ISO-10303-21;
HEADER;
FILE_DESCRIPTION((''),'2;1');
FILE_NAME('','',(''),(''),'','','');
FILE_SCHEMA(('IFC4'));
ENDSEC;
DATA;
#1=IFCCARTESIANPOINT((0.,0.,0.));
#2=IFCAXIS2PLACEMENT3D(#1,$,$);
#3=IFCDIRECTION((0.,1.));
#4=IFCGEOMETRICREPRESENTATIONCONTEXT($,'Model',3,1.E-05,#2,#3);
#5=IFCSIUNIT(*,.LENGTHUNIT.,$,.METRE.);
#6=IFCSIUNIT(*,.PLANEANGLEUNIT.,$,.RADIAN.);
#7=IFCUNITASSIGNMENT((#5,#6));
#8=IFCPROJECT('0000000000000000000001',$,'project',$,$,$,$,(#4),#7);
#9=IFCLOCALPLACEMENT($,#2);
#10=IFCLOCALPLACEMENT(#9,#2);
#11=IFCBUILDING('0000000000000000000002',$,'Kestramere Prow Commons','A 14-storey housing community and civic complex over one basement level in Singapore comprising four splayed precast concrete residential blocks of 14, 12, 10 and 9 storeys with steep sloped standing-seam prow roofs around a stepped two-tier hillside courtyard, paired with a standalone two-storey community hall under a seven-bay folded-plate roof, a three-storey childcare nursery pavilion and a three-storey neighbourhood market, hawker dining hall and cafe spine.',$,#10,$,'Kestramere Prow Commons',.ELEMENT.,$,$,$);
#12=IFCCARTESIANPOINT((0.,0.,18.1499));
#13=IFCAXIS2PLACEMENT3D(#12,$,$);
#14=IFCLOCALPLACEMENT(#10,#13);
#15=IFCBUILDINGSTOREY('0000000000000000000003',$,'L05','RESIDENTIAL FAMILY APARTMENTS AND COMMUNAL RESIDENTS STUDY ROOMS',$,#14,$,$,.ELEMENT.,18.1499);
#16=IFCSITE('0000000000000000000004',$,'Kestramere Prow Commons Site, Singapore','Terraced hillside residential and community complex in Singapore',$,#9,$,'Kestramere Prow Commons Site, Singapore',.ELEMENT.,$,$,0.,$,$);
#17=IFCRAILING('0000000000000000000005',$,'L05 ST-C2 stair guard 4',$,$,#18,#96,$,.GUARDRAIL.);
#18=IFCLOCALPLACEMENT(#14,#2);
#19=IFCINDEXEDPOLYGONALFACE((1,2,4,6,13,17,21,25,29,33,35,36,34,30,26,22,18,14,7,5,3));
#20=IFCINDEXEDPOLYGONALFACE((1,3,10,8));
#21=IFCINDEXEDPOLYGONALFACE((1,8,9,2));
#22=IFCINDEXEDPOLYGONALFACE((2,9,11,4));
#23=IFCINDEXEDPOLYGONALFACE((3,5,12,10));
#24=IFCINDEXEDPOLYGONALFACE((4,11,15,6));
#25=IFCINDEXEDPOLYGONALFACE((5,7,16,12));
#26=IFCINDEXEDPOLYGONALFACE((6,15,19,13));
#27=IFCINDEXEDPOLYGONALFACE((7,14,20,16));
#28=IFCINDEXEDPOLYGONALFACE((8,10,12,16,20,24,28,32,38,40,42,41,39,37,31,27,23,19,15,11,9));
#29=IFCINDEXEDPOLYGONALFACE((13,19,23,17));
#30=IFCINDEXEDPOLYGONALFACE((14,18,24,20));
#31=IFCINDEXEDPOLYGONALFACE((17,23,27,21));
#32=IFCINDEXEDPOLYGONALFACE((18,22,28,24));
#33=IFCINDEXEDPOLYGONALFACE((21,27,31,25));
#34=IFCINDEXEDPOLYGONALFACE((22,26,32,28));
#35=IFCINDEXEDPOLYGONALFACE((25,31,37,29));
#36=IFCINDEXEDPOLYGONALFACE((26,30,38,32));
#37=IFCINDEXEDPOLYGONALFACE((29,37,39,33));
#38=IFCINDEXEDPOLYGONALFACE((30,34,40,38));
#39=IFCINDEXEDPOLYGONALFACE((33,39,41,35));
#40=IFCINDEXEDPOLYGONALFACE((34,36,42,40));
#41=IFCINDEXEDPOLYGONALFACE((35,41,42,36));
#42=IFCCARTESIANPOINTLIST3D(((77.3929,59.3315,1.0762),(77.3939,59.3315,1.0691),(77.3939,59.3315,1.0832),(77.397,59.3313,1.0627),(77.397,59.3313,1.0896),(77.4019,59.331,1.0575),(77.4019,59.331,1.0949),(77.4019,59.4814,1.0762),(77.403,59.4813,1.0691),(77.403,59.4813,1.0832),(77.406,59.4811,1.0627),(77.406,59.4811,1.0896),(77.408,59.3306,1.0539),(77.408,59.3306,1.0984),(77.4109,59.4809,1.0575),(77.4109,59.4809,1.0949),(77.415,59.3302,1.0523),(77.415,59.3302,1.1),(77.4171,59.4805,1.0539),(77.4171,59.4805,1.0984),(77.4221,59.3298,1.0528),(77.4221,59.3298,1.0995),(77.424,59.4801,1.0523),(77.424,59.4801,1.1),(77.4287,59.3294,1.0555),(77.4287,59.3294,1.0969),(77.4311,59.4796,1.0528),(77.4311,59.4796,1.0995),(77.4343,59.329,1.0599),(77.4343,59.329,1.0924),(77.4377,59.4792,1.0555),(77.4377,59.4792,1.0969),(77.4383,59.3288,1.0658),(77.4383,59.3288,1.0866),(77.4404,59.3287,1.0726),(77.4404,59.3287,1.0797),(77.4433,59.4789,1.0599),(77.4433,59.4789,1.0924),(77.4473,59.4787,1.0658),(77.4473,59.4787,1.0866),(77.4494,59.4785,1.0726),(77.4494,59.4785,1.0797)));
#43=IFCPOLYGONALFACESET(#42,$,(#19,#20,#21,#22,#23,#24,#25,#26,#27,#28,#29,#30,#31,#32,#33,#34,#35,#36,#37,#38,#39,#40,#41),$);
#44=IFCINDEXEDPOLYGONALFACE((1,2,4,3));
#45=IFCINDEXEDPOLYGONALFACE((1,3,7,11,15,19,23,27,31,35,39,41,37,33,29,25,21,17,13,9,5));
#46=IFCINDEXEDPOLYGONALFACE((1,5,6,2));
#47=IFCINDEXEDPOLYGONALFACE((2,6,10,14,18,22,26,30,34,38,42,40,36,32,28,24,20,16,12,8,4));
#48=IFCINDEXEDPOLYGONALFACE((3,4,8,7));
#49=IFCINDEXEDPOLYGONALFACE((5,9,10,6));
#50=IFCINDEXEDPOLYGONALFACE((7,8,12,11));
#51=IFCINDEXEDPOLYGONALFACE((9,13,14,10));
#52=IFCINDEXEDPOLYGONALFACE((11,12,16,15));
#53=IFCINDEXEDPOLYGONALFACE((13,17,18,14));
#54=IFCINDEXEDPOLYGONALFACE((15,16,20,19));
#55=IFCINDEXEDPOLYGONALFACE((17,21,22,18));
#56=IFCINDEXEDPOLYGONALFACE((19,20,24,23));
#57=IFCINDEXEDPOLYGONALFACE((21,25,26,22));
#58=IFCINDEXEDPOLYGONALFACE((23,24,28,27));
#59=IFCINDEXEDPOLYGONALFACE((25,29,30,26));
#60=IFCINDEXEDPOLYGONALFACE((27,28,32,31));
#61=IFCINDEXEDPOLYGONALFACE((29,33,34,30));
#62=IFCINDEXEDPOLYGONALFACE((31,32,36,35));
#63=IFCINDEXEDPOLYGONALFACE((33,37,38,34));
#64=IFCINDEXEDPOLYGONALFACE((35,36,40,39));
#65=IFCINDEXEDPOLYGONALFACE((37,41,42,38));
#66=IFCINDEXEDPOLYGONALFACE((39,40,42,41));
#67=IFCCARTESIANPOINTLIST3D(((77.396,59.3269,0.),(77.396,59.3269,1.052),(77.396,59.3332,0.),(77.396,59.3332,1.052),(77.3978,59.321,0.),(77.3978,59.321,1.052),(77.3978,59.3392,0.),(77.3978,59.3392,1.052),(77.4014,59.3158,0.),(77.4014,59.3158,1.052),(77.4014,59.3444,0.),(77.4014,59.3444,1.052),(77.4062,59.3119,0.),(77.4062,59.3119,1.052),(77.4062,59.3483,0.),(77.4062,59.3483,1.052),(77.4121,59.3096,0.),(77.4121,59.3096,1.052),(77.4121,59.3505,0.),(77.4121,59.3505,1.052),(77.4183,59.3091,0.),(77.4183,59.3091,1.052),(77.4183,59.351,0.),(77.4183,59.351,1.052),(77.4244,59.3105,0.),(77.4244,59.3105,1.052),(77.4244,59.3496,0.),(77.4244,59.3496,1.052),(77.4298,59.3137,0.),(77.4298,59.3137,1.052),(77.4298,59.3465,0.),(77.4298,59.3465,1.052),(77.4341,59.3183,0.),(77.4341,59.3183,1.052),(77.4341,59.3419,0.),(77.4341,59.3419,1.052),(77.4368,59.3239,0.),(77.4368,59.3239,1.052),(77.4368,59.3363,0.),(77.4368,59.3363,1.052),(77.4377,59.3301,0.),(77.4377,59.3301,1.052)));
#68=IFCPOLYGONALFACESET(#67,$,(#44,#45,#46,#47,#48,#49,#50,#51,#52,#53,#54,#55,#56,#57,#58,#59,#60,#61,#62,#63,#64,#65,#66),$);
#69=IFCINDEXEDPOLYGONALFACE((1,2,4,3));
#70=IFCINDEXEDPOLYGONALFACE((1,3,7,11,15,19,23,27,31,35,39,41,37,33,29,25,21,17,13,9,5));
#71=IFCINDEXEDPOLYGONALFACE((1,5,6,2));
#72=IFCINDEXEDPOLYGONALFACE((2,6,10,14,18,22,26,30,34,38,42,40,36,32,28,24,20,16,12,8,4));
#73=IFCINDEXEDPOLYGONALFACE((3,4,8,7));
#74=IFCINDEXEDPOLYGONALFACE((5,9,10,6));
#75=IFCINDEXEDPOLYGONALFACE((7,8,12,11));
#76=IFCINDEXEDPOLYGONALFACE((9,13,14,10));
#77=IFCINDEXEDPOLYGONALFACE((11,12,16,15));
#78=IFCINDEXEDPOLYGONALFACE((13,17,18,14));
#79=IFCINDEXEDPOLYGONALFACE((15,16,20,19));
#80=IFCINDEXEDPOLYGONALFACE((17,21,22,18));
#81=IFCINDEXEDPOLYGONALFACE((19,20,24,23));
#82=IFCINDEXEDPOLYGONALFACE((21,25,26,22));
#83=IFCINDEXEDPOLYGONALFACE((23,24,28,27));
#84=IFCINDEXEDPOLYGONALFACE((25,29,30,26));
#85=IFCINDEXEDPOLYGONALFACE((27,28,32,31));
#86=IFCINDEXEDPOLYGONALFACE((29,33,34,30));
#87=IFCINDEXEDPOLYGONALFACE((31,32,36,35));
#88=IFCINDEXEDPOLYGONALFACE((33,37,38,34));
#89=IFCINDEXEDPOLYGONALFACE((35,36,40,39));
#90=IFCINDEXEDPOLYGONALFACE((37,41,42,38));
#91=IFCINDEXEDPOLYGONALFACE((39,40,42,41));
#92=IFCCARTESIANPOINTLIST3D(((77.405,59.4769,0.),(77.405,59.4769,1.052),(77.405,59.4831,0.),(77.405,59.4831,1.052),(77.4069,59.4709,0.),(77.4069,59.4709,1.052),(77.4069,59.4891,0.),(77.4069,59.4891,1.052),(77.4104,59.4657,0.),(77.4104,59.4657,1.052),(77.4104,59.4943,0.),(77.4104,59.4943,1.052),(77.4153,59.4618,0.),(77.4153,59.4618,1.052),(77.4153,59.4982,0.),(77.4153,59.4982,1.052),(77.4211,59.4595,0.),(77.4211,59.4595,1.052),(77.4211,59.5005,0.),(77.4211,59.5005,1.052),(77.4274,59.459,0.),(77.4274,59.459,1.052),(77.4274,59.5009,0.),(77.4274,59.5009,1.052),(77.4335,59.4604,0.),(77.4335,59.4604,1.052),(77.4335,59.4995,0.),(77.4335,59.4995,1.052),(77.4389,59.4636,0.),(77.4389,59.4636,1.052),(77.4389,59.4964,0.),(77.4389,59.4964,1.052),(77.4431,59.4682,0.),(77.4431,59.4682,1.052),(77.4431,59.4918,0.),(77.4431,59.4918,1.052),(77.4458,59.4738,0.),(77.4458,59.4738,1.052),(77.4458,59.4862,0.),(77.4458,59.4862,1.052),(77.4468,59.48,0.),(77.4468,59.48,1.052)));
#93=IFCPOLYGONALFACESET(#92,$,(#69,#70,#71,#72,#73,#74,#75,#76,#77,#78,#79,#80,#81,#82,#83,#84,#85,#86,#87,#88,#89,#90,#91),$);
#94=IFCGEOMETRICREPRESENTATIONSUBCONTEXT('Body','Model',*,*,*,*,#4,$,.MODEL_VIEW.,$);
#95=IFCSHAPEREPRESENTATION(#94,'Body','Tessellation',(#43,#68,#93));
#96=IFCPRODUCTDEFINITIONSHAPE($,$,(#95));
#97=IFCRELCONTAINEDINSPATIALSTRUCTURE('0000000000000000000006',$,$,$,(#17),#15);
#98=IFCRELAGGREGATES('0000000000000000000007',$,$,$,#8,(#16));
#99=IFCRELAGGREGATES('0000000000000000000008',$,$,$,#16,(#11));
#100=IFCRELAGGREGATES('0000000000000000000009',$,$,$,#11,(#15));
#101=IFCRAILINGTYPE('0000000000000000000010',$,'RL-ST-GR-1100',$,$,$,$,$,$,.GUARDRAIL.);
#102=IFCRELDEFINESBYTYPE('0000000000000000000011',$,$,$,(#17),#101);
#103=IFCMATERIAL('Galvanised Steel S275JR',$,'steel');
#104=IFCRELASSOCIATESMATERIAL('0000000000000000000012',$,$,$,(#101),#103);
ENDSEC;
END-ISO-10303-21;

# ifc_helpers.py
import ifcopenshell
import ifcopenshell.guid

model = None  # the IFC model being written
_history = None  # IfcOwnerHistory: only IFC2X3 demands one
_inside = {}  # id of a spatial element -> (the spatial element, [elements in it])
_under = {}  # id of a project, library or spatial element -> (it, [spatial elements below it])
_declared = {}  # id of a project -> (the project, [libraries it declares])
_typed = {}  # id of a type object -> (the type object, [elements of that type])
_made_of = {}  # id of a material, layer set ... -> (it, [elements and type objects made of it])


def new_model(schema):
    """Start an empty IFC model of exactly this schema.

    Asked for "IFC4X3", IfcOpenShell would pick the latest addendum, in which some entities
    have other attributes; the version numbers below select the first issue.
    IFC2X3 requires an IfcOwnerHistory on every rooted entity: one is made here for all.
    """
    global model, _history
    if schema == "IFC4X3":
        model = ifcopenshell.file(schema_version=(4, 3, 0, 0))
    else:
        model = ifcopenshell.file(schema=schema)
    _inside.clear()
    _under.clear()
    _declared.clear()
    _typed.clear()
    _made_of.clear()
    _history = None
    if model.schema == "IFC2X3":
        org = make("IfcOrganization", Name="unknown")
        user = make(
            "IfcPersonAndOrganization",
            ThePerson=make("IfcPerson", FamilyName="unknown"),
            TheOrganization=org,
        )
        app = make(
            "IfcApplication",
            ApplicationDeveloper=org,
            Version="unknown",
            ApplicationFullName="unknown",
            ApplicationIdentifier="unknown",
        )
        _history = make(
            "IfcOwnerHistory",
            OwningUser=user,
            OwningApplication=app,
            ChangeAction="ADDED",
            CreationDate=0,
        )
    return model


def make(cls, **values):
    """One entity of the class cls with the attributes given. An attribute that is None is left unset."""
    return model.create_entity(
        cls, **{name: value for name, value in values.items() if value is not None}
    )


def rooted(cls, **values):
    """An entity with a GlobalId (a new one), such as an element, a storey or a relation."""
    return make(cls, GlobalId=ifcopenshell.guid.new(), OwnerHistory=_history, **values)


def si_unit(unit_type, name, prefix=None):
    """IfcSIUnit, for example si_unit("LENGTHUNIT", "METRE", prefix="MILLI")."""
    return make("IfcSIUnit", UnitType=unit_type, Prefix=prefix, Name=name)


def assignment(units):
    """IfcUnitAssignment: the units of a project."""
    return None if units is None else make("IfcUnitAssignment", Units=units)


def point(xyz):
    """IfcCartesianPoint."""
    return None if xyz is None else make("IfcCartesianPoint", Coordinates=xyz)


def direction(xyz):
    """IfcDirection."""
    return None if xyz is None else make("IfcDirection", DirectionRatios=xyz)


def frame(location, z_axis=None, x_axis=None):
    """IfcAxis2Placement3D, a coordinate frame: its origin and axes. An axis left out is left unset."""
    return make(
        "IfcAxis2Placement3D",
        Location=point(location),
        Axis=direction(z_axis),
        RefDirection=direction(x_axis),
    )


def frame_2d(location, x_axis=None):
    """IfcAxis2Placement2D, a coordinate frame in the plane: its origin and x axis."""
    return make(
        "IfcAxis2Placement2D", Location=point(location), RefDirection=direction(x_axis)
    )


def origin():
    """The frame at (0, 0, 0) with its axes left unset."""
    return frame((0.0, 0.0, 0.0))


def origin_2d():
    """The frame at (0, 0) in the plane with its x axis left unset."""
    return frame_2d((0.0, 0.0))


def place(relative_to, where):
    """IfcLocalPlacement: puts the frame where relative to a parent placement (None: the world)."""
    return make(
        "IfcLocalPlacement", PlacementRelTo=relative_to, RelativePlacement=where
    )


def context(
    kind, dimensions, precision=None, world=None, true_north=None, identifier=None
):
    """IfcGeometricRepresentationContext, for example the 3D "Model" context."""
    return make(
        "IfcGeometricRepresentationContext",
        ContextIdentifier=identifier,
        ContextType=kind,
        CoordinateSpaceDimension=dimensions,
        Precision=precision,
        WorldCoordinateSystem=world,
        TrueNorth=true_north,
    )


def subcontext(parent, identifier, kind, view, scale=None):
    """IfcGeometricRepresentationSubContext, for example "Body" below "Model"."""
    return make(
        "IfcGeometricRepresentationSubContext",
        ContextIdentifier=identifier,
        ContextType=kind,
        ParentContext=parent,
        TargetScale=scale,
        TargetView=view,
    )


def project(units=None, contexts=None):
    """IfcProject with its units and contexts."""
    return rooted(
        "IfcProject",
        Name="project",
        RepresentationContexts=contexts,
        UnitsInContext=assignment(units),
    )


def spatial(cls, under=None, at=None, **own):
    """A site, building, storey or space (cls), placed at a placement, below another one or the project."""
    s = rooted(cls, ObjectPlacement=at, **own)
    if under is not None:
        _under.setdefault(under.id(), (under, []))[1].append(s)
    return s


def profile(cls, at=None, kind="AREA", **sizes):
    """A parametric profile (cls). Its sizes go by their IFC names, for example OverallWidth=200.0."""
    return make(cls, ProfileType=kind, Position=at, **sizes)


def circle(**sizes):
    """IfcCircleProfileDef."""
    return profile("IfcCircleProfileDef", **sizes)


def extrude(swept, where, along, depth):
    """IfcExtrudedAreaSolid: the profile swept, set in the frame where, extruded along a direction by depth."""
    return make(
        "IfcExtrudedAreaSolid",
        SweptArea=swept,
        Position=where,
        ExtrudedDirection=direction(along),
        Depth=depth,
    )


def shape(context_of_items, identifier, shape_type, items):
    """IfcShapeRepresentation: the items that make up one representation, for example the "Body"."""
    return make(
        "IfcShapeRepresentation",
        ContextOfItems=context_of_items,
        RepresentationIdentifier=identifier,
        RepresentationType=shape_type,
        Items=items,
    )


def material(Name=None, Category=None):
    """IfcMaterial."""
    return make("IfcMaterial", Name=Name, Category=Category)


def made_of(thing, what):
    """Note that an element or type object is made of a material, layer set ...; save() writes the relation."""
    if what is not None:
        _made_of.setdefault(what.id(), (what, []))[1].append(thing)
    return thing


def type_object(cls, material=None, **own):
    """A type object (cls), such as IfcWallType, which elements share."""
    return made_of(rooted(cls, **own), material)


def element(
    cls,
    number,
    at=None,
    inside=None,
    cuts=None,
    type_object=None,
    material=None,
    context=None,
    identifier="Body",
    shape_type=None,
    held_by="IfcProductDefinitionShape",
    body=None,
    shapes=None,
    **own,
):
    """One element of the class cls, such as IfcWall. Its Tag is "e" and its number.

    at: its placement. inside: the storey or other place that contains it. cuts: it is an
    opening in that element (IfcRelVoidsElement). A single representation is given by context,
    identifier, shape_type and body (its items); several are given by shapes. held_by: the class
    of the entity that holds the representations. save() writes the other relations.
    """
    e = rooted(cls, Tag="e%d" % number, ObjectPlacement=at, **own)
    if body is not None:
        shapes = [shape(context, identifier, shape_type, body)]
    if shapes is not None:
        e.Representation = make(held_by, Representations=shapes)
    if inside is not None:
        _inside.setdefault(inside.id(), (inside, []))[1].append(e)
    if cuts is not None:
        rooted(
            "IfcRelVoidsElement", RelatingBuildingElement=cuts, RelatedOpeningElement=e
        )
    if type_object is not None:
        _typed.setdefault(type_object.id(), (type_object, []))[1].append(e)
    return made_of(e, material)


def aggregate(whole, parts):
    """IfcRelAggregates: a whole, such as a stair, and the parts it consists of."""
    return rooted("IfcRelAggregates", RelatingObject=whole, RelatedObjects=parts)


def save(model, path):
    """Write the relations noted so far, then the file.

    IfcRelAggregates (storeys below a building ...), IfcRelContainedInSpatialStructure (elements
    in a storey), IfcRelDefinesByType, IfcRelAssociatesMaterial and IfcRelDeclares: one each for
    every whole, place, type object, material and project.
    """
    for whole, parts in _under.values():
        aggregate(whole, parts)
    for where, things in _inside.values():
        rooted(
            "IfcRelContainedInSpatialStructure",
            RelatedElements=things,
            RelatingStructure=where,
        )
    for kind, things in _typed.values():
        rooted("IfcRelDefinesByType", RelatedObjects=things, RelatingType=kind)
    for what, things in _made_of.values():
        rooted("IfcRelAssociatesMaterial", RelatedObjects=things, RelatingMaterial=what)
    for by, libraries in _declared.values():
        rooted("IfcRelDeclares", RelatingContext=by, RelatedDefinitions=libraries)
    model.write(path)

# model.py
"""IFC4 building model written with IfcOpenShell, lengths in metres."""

from ifc_helpers import new_model, si_unit, direction, frame, origin, origin_2d, place, context, subcontext, project, spatial, circle, extrude, material, type_object, element, save


model = new_model("IFC4")

# Units and contexts
model_context = context("Model", 3, precision=1e-05, world=origin(), true_north=direction((0.0, 1.0)))
body_context = subcontext(model_context, "Body", "Model", "MODEL_VIEW")
ifc_project = project(units=[si_unit("LENGTHUNIT", "METRE"), si_unit("PLANEANGLEUNIT", "RADIAN")], contexts=[model_context])

# Site, building, storey
site_placement = place(None, origin())
site = spatial("IfcSite", under=ifc_project, at=site_placement, Name="Kestramere Prow Commons Site, Singapore", Description="Terraced hillside residential and community complex in Singapore", LongName="Kestramere Prow Commons Site, Singapore", CompositionType="ELEMENT", RefElevation=0.0)
building_placement = place(site_placement, origin())
building = spatial("IfcBuilding", under=site, at=building_placement, Name="Kestramere Prow Commons", Description="A 14-storey housing community and civic complex over one basement level in Singapore comprising four splayed precast concrete residential blocks of 14, 12, 10 and 9 storeys with steep sloped standing-seam prow roofs around a stepped two-tier hillside courtyard, paired with a standalone two-storey community hall under a seven-bay folded-plate roof, a three-storey childcare nursery pavilion and a three-storey neighbourhood market, hawker dining hall and cafe spine.", LongName="Kestramere Prow Commons", CompositionType="ELEMENT")
storey_placement = place(building_placement, frame((0.0, 0.0, 18.1499)))
storey = spatial("IfcBuildingStorey", under=building, at=storey_placement, Name="L05", Description="RESIDENTIAL FAMILY APARTMENTS AND COMMUNAL RESIDENTS STUDY ROOMS", CompositionType="ELEMENT", Elevation=18.1499)

# Railing
ifc_material_1 = material(Name="Galvanised Steel S275JR", Category="steel")
railing_type_1 = type_object("IfcRailingType", Name="RL-ST-GR-1100", PredefinedType="GUARDRAIL", material=ifc_material_1)
railing_1_placement = place(storey_placement, frame((77.4167, 59.3301, 0.0)))
element("IfcRailing", 1, at=railing_1_placement, inside=storey, type_object=railing_type_1, Name="L05 ST-C2 stair guard 4", PredefinedType="GUARDRAIL", context=body_context, shape_type="SweptSolid", body=[
    extrude(circle(Radius=0.0239, at=origin_2d()), frame((0.0, 0.0, 1.0762), z_axis=(0.060151, 0.998189, 0.0), x_axis=(-0.998189, 0.060151, 0.0)), (0.0, 0.0, 1.0), 0.1501),
    extrude(circle(Radius=0.021, at=origin_2d()), origin(), (0.0, 0.0, 1.0), 1.052),
    extrude(circle(Radius=0.021, at=origin_2d()), frame((0.009, 0.1499, 0.0)), (0.0, 0.0, 1.0), 1.052),
])

save(model, "model.ifc")
